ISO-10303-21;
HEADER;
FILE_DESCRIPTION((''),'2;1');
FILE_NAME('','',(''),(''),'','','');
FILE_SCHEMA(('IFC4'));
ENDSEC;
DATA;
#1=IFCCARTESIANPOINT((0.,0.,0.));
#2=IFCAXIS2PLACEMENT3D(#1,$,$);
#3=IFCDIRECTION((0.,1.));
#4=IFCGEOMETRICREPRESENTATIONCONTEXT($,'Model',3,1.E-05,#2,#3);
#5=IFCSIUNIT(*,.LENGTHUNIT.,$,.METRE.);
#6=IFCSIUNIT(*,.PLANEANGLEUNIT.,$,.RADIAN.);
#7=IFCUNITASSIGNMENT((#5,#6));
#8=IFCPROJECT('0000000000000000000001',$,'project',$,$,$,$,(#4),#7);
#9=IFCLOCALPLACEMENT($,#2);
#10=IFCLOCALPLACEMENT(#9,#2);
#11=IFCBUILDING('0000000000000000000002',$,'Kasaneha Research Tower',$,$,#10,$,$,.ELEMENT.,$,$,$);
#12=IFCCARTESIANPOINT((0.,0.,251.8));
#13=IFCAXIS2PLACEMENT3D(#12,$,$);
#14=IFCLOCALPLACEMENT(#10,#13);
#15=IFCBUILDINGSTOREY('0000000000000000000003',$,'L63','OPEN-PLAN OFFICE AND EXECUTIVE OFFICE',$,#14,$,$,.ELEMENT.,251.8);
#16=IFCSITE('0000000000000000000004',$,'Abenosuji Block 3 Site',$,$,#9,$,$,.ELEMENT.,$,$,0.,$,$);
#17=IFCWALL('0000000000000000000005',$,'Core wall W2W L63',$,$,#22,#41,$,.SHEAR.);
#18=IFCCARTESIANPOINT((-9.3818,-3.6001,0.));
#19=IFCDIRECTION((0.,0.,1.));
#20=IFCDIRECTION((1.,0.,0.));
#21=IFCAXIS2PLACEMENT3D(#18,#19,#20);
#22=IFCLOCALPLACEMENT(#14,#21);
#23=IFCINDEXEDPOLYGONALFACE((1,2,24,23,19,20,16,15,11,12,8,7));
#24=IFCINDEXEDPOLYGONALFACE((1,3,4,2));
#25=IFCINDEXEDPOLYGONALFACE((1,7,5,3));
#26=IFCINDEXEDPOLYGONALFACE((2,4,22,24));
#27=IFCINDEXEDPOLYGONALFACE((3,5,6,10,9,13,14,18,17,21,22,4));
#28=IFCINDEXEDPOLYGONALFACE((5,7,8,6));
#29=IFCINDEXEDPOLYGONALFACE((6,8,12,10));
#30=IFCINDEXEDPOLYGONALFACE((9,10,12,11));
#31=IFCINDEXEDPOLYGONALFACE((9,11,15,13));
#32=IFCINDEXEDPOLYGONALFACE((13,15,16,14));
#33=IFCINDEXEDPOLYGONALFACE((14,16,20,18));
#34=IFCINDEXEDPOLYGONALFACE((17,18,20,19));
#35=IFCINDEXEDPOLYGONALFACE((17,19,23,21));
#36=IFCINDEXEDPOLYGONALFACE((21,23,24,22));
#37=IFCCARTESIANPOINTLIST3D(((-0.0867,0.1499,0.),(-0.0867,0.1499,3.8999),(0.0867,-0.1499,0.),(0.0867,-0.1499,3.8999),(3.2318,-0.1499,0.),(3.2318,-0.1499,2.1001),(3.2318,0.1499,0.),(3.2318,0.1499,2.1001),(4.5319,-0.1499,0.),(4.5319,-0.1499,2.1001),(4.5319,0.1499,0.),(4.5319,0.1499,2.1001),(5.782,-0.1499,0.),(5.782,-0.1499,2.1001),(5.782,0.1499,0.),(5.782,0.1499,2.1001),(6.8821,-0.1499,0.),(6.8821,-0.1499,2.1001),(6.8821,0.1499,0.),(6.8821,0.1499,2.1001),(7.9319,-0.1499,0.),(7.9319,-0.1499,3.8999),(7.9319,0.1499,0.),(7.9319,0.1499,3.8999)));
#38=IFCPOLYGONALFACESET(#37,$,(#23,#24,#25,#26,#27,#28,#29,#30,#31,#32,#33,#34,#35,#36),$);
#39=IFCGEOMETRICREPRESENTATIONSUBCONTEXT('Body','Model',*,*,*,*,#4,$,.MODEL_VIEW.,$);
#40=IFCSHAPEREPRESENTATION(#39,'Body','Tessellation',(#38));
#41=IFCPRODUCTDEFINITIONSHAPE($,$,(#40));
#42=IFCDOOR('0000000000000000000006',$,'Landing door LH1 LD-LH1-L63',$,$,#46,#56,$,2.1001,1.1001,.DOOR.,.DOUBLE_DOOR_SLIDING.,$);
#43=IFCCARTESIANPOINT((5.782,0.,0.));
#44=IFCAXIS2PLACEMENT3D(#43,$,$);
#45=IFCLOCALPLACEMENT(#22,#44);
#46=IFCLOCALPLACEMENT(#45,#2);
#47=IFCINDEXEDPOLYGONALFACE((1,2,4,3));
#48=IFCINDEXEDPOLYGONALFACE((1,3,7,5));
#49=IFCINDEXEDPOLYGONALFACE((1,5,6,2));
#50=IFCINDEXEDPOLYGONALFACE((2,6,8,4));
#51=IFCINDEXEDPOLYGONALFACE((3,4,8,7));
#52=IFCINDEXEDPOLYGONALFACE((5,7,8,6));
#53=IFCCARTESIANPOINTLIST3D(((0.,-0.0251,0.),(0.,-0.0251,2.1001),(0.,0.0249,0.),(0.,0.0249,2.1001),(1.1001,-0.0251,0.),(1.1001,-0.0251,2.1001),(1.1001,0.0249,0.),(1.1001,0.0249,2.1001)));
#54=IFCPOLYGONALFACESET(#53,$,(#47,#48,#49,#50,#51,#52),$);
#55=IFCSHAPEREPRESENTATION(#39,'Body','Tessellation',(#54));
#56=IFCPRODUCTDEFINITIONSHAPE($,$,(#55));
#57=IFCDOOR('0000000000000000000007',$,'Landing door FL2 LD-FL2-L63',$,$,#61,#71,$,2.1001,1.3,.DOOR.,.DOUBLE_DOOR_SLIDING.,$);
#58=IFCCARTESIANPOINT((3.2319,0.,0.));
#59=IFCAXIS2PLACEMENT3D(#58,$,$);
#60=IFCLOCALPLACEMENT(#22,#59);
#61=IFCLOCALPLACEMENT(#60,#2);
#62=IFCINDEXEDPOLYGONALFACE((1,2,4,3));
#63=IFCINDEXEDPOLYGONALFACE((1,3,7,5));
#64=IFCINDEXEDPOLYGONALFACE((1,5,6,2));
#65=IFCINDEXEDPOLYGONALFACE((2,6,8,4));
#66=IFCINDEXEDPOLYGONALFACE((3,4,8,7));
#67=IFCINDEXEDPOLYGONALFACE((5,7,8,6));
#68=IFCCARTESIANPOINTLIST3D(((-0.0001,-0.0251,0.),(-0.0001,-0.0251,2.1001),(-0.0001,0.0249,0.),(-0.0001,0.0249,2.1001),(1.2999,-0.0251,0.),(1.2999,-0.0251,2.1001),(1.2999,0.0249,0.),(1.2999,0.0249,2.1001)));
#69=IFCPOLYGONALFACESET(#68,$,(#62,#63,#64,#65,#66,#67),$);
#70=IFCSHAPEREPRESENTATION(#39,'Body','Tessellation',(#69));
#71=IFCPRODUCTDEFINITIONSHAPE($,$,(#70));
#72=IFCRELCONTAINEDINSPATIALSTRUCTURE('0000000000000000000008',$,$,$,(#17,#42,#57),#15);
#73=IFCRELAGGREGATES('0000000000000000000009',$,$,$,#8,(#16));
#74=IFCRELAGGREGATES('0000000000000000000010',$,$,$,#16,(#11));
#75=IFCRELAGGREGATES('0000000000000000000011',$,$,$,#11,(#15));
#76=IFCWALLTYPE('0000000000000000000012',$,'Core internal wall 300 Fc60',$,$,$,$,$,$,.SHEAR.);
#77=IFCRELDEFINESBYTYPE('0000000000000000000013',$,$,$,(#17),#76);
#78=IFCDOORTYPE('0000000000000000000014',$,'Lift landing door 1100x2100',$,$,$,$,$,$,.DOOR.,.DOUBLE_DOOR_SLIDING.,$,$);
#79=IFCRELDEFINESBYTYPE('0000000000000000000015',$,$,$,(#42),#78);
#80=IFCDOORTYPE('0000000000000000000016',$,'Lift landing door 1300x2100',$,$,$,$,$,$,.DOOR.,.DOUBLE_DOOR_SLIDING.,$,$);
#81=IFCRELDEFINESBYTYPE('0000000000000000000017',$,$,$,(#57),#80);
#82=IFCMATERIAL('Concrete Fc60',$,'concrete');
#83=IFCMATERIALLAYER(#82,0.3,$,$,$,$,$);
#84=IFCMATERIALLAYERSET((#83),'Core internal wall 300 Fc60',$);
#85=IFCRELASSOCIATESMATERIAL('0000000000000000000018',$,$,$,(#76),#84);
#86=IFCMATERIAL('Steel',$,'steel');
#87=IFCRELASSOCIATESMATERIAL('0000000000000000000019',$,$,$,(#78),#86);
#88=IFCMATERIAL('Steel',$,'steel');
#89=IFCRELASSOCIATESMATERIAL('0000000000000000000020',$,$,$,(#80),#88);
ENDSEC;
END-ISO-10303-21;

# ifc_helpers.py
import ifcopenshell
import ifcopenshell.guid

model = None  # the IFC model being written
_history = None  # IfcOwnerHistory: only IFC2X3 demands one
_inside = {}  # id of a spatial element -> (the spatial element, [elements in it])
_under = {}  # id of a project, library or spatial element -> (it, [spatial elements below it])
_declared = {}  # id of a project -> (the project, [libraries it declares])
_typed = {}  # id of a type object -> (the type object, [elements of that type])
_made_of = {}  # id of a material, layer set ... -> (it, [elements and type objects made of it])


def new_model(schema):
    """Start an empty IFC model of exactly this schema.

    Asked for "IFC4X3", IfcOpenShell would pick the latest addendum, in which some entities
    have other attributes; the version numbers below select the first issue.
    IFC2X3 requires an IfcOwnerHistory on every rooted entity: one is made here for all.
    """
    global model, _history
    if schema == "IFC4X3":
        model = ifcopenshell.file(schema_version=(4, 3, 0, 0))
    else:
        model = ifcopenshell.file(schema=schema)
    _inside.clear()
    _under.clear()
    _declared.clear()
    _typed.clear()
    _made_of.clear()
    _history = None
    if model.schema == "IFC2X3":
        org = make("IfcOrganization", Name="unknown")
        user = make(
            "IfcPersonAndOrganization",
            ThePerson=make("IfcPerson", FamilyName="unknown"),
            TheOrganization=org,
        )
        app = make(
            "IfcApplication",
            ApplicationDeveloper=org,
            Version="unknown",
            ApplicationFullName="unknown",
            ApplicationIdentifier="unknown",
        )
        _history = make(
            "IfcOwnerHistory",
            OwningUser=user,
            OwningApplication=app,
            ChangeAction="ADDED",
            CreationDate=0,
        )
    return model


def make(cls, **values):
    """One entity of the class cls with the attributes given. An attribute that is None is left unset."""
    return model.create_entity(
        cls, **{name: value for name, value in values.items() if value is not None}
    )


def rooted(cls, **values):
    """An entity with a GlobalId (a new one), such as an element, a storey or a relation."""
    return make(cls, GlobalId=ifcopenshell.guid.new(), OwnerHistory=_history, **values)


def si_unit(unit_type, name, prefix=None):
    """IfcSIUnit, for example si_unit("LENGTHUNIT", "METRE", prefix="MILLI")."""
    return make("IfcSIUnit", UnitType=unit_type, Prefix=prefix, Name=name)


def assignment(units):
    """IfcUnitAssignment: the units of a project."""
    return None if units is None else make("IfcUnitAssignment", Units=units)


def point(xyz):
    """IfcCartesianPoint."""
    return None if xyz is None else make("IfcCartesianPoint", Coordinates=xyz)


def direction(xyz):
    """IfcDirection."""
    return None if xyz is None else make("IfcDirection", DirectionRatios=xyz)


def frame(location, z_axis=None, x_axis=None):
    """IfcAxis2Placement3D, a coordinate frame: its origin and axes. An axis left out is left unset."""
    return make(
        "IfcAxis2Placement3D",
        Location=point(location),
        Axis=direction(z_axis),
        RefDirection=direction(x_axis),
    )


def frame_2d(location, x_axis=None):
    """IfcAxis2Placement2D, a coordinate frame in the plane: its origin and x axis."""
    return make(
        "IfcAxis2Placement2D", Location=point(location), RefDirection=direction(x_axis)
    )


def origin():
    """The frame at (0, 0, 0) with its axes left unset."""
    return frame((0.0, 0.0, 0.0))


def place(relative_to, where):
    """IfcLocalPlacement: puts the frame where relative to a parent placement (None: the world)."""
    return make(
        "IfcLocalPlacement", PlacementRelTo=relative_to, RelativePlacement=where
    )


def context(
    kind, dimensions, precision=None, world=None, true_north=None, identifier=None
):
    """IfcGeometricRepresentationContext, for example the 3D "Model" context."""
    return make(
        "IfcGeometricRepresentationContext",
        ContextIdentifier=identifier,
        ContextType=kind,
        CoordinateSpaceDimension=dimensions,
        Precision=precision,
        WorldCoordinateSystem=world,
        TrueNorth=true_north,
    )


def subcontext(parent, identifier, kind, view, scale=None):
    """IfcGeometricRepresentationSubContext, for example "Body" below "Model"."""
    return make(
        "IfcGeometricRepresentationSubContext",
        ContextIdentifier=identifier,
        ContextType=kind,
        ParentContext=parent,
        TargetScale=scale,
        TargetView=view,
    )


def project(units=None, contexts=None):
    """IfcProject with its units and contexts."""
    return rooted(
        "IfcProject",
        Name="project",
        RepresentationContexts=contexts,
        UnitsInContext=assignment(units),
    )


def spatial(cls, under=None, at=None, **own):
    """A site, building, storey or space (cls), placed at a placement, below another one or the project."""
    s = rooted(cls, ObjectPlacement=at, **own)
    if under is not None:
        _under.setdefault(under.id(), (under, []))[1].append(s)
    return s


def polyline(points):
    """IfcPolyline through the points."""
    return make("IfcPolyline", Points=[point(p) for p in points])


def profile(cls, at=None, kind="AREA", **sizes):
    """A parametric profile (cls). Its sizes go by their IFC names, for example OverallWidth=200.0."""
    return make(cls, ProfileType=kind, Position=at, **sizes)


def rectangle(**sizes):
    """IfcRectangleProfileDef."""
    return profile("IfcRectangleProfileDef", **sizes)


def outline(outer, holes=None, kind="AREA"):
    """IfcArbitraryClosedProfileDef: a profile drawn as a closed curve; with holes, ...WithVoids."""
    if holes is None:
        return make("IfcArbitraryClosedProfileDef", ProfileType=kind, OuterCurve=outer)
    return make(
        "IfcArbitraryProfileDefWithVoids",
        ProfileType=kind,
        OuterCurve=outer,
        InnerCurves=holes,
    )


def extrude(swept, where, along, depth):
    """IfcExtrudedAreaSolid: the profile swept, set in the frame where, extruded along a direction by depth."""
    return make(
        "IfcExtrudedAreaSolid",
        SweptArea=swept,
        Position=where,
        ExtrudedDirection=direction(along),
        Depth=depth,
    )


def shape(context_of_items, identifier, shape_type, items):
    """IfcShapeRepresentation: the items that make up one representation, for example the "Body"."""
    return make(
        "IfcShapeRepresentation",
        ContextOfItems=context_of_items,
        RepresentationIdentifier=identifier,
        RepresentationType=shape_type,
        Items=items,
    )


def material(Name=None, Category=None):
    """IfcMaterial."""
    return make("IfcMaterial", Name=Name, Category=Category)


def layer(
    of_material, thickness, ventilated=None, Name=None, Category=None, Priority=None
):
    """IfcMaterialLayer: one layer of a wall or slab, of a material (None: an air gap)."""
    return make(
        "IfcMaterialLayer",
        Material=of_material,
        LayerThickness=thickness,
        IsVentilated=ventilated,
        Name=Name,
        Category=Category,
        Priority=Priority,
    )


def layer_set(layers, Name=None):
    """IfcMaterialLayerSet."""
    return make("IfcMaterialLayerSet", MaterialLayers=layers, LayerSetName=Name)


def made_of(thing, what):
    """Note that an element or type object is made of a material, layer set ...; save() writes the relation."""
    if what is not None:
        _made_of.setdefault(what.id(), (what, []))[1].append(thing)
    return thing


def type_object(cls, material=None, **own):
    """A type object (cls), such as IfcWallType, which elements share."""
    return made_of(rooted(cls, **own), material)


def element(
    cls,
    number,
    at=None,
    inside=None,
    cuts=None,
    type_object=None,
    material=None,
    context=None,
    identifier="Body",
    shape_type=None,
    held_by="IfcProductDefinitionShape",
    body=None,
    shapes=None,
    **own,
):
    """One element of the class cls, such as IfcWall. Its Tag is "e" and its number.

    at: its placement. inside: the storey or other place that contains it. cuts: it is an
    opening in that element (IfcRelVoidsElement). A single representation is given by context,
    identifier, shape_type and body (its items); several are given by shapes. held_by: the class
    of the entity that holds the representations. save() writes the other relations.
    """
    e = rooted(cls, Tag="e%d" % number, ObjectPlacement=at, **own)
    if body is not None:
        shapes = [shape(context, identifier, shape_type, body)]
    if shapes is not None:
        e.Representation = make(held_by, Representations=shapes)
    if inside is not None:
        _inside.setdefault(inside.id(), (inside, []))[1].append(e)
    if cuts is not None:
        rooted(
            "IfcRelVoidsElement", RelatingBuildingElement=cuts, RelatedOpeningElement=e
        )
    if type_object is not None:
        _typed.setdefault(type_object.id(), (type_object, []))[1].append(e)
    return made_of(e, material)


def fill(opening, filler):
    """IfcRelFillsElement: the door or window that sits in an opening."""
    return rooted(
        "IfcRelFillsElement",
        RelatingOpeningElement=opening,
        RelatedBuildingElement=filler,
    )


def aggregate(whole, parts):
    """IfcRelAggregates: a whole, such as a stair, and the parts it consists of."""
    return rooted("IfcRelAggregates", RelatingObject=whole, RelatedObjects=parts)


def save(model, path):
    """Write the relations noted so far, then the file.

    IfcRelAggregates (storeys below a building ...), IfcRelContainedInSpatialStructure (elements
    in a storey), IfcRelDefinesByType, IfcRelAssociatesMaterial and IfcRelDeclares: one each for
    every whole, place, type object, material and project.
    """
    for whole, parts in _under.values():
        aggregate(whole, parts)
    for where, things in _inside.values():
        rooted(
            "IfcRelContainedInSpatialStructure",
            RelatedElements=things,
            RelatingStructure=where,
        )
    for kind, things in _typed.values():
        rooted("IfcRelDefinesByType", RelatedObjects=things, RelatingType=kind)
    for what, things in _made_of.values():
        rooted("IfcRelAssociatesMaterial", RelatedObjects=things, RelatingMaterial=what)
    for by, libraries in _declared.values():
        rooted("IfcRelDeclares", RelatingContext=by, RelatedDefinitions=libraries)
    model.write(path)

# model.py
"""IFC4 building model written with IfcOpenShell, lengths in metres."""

from ifc_helpers import new_model, si_unit, direction, frame, frame_2d, origin, place, context, subcontext, project, spatial, polyline, rectangle, outline, extrude, material, layer, layer_set, type_object, element, fill, save


model = new_model("IFC4")

# Units and contexts
model_context = context("Model", 3, precision=1e-05, world=origin(), true_north=direction((0.0, 1.0)))
body_context = subcontext(model_context, "Body", "Model", "MODEL_VIEW")
ifc_project = project(units=[si_unit("LENGTHUNIT", "METRE"), si_unit("PLANEANGLEUNIT", "RADIAN")], contexts=[model_context])

# Site, building, storey
site_placement = place(None, origin())
site = spatial("IfcSite", under=ifc_project, at=site_placement, Name="Abenosuji Block 3 Site", CompositionType="ELEMENT", RefElevation=0.0)
building_placement = place(site_placement, origin())
building = spatial("IfcBuilding", under=site, at=building_placement, Name="Kasaneha Research Tower", CompositionType="ELEMENT")
storey_placement = place(building_placement, frame((0.0, 0.0, 251.8)))
storey = spatial("IfcBuildingStorey", under=building, at=storey_placement, Name="L63", Description="OPEN-PLAN OFFICE AND EXECUTIVE OFFICE", CompositionType="ELEMENT", Elevation=251.8)

# Wall, openings, doors
ifc_material_1 = material(Name="Concrete Fc60", Category="concrete")
ifc_layer_1 = layer(ifc_material_1, 0.3)
ifc_layer_set_1 = layer_set([ifc_layer_1], Name="Core internal wall 300 Fc60")
wall_type_1 = type_object("IfcWallType", Name="Core internal wall 300 Fc60", PredefinedType="SHEAR", material=ifc_layer_set_1)
wall_1_placement = place(storey_placement, frame((-9.3818, -3.6001, 0.0), z_axis=(0.0, 0.0, 1.0), x_axis=(1.0, 0.0, 0.0)))
wall_1 = element("IfcWall", 1, at=wall_1_placement, inside=storey, type_object=wall_type_1, Name="Core wall W2W L63", PredefinedType="SHEAR", context=body_context, shape_type="SweptSolid", body=[
    extrude(outline(polyline([(0.0867, -0.1499), (3.2319, -0.1499), (4.532, -0.1499), (5.782, -0.1499), (6.8821, -0.1499), (7.9319, -0.1499), (7.9319, 0.1499), (6.8821, 0.1499), (5.782, 0.1499), (4.532, 0.1499), (3.2319, 0.1499), (-0.0867, 0.1499), (0.0867, -0.1499)])), origin(), (0.0, 0.0, 1.0), 3.8999),
])
opening_1_placement = place(wall_1_placement, frame((5.782, 0.0, 0.0)))
opening_1 = element("IfcOpeningElement", 2, at=opening_1_placement, cuts=wall_1, PredefinedType="OPENING", context=body_context, shape_type="SweptSolid", body=[
    extrude(rectangle(XDim=1.1001, YDim=2.1001, at=frame_2d((0.55, 1.05))), frame((0.0, 0.1602, 0.0), z_axis=(0.0, -1.0, 0.0), x_axis=(1.0, 0.0, 0.0)), (0.0, 0.0, 1.0), 0.3201),
])
opening_2_placement = place(wall_1_placement, frame((3.2319, 0.0, 0.0)))
opening_2 = element("IfcOpeningElement", 3, at=opening_2_placement, cuts=wall_1, PredefinedType="OPENING", context=body_context, shape_type="SweptSolid", body=[
    extrude(rectangle(XDim=1.3, YDim=2.1001, at=frame_2d((0.6499, 1.05))), frame((0.0, 0.1602, 0.0), z_axis=(0.0, -1.0, 0.0), x_axis=(1.0, 0.0, 0.0)), (0.0, 0.0, 1.0), 0.3201),
])
ifc_material_2 = material(Name="Steel", Category="steel")
door_type_1 = type_object("IfcDoorType", Name="Lift landing door 1100x2100", OperationType="DOUBLE_DOOR_SLIDING", PredefinedType="DOOR", material=ifc_material_2)
door_1_placement = place(opening_1_placement, origin())
door_1 = element("IfcDoor", 4, at=door_1_placement, inside=storey, type_object=door_type_1, Name="Landing door LH1 LD-LH1-L63", OperationType="DOUBLE_DOOR_SLIDING", OverallHeight=2.1001, OverallWidth=1.1001, PredefinedType="DOOR", context=body_context, shape_type="SweptSolid", body=[
    extrude(rectangle(XDim=1.1001, YDim=2.1001, at=frame_2d((0.55, 1.05))), frame((0.0, 0.0249, 0.0), z_axis=(0.0, -1.0, 0.0), x_axis=(1.0, 0.0, 0.0)), (0.0, 0.0, 1.0), 0.05),
])
fill(opening_1, door_1)
ifc_material_3 = material(Name="Steel", Category="steel")
door_type_2 = type_object("IfcDoorType", Name="Lift landing door 1300x2100", OperationType="DOUBLE_DOOR_SLIDING", PredefinedType="DOOR", material=ifc_material_3)
door_2_placement = place(opening_2_placement, origin())
door_2 = element("IfcDoor", 5, at=door_2_placement, inside=storey, type_object=door_type_2, Name="Landing door FL2 LD-FL2-L63", OperationType="DOUBLE_DOOR_SLIDING", OverallHeight=2.1001, OverallWidth=1.3, PredefinedType="DOOR", context=body_context, shape_type="SweptSolid", body=[
    extrude(rectangle(XDim=1.3, YDim=2.1001, at=frame_2d((0.6499, 1.05))), frame((0.0, 0.0249, 0.0), z_axis=(0.0, -1.0, 0.0), x_axis=(1.0, 0.0, 0.0)), (0.0, 0.0, 1.0), 0.05),
])
fill(opening_2, door_2)

save(model, "model.ifc")
